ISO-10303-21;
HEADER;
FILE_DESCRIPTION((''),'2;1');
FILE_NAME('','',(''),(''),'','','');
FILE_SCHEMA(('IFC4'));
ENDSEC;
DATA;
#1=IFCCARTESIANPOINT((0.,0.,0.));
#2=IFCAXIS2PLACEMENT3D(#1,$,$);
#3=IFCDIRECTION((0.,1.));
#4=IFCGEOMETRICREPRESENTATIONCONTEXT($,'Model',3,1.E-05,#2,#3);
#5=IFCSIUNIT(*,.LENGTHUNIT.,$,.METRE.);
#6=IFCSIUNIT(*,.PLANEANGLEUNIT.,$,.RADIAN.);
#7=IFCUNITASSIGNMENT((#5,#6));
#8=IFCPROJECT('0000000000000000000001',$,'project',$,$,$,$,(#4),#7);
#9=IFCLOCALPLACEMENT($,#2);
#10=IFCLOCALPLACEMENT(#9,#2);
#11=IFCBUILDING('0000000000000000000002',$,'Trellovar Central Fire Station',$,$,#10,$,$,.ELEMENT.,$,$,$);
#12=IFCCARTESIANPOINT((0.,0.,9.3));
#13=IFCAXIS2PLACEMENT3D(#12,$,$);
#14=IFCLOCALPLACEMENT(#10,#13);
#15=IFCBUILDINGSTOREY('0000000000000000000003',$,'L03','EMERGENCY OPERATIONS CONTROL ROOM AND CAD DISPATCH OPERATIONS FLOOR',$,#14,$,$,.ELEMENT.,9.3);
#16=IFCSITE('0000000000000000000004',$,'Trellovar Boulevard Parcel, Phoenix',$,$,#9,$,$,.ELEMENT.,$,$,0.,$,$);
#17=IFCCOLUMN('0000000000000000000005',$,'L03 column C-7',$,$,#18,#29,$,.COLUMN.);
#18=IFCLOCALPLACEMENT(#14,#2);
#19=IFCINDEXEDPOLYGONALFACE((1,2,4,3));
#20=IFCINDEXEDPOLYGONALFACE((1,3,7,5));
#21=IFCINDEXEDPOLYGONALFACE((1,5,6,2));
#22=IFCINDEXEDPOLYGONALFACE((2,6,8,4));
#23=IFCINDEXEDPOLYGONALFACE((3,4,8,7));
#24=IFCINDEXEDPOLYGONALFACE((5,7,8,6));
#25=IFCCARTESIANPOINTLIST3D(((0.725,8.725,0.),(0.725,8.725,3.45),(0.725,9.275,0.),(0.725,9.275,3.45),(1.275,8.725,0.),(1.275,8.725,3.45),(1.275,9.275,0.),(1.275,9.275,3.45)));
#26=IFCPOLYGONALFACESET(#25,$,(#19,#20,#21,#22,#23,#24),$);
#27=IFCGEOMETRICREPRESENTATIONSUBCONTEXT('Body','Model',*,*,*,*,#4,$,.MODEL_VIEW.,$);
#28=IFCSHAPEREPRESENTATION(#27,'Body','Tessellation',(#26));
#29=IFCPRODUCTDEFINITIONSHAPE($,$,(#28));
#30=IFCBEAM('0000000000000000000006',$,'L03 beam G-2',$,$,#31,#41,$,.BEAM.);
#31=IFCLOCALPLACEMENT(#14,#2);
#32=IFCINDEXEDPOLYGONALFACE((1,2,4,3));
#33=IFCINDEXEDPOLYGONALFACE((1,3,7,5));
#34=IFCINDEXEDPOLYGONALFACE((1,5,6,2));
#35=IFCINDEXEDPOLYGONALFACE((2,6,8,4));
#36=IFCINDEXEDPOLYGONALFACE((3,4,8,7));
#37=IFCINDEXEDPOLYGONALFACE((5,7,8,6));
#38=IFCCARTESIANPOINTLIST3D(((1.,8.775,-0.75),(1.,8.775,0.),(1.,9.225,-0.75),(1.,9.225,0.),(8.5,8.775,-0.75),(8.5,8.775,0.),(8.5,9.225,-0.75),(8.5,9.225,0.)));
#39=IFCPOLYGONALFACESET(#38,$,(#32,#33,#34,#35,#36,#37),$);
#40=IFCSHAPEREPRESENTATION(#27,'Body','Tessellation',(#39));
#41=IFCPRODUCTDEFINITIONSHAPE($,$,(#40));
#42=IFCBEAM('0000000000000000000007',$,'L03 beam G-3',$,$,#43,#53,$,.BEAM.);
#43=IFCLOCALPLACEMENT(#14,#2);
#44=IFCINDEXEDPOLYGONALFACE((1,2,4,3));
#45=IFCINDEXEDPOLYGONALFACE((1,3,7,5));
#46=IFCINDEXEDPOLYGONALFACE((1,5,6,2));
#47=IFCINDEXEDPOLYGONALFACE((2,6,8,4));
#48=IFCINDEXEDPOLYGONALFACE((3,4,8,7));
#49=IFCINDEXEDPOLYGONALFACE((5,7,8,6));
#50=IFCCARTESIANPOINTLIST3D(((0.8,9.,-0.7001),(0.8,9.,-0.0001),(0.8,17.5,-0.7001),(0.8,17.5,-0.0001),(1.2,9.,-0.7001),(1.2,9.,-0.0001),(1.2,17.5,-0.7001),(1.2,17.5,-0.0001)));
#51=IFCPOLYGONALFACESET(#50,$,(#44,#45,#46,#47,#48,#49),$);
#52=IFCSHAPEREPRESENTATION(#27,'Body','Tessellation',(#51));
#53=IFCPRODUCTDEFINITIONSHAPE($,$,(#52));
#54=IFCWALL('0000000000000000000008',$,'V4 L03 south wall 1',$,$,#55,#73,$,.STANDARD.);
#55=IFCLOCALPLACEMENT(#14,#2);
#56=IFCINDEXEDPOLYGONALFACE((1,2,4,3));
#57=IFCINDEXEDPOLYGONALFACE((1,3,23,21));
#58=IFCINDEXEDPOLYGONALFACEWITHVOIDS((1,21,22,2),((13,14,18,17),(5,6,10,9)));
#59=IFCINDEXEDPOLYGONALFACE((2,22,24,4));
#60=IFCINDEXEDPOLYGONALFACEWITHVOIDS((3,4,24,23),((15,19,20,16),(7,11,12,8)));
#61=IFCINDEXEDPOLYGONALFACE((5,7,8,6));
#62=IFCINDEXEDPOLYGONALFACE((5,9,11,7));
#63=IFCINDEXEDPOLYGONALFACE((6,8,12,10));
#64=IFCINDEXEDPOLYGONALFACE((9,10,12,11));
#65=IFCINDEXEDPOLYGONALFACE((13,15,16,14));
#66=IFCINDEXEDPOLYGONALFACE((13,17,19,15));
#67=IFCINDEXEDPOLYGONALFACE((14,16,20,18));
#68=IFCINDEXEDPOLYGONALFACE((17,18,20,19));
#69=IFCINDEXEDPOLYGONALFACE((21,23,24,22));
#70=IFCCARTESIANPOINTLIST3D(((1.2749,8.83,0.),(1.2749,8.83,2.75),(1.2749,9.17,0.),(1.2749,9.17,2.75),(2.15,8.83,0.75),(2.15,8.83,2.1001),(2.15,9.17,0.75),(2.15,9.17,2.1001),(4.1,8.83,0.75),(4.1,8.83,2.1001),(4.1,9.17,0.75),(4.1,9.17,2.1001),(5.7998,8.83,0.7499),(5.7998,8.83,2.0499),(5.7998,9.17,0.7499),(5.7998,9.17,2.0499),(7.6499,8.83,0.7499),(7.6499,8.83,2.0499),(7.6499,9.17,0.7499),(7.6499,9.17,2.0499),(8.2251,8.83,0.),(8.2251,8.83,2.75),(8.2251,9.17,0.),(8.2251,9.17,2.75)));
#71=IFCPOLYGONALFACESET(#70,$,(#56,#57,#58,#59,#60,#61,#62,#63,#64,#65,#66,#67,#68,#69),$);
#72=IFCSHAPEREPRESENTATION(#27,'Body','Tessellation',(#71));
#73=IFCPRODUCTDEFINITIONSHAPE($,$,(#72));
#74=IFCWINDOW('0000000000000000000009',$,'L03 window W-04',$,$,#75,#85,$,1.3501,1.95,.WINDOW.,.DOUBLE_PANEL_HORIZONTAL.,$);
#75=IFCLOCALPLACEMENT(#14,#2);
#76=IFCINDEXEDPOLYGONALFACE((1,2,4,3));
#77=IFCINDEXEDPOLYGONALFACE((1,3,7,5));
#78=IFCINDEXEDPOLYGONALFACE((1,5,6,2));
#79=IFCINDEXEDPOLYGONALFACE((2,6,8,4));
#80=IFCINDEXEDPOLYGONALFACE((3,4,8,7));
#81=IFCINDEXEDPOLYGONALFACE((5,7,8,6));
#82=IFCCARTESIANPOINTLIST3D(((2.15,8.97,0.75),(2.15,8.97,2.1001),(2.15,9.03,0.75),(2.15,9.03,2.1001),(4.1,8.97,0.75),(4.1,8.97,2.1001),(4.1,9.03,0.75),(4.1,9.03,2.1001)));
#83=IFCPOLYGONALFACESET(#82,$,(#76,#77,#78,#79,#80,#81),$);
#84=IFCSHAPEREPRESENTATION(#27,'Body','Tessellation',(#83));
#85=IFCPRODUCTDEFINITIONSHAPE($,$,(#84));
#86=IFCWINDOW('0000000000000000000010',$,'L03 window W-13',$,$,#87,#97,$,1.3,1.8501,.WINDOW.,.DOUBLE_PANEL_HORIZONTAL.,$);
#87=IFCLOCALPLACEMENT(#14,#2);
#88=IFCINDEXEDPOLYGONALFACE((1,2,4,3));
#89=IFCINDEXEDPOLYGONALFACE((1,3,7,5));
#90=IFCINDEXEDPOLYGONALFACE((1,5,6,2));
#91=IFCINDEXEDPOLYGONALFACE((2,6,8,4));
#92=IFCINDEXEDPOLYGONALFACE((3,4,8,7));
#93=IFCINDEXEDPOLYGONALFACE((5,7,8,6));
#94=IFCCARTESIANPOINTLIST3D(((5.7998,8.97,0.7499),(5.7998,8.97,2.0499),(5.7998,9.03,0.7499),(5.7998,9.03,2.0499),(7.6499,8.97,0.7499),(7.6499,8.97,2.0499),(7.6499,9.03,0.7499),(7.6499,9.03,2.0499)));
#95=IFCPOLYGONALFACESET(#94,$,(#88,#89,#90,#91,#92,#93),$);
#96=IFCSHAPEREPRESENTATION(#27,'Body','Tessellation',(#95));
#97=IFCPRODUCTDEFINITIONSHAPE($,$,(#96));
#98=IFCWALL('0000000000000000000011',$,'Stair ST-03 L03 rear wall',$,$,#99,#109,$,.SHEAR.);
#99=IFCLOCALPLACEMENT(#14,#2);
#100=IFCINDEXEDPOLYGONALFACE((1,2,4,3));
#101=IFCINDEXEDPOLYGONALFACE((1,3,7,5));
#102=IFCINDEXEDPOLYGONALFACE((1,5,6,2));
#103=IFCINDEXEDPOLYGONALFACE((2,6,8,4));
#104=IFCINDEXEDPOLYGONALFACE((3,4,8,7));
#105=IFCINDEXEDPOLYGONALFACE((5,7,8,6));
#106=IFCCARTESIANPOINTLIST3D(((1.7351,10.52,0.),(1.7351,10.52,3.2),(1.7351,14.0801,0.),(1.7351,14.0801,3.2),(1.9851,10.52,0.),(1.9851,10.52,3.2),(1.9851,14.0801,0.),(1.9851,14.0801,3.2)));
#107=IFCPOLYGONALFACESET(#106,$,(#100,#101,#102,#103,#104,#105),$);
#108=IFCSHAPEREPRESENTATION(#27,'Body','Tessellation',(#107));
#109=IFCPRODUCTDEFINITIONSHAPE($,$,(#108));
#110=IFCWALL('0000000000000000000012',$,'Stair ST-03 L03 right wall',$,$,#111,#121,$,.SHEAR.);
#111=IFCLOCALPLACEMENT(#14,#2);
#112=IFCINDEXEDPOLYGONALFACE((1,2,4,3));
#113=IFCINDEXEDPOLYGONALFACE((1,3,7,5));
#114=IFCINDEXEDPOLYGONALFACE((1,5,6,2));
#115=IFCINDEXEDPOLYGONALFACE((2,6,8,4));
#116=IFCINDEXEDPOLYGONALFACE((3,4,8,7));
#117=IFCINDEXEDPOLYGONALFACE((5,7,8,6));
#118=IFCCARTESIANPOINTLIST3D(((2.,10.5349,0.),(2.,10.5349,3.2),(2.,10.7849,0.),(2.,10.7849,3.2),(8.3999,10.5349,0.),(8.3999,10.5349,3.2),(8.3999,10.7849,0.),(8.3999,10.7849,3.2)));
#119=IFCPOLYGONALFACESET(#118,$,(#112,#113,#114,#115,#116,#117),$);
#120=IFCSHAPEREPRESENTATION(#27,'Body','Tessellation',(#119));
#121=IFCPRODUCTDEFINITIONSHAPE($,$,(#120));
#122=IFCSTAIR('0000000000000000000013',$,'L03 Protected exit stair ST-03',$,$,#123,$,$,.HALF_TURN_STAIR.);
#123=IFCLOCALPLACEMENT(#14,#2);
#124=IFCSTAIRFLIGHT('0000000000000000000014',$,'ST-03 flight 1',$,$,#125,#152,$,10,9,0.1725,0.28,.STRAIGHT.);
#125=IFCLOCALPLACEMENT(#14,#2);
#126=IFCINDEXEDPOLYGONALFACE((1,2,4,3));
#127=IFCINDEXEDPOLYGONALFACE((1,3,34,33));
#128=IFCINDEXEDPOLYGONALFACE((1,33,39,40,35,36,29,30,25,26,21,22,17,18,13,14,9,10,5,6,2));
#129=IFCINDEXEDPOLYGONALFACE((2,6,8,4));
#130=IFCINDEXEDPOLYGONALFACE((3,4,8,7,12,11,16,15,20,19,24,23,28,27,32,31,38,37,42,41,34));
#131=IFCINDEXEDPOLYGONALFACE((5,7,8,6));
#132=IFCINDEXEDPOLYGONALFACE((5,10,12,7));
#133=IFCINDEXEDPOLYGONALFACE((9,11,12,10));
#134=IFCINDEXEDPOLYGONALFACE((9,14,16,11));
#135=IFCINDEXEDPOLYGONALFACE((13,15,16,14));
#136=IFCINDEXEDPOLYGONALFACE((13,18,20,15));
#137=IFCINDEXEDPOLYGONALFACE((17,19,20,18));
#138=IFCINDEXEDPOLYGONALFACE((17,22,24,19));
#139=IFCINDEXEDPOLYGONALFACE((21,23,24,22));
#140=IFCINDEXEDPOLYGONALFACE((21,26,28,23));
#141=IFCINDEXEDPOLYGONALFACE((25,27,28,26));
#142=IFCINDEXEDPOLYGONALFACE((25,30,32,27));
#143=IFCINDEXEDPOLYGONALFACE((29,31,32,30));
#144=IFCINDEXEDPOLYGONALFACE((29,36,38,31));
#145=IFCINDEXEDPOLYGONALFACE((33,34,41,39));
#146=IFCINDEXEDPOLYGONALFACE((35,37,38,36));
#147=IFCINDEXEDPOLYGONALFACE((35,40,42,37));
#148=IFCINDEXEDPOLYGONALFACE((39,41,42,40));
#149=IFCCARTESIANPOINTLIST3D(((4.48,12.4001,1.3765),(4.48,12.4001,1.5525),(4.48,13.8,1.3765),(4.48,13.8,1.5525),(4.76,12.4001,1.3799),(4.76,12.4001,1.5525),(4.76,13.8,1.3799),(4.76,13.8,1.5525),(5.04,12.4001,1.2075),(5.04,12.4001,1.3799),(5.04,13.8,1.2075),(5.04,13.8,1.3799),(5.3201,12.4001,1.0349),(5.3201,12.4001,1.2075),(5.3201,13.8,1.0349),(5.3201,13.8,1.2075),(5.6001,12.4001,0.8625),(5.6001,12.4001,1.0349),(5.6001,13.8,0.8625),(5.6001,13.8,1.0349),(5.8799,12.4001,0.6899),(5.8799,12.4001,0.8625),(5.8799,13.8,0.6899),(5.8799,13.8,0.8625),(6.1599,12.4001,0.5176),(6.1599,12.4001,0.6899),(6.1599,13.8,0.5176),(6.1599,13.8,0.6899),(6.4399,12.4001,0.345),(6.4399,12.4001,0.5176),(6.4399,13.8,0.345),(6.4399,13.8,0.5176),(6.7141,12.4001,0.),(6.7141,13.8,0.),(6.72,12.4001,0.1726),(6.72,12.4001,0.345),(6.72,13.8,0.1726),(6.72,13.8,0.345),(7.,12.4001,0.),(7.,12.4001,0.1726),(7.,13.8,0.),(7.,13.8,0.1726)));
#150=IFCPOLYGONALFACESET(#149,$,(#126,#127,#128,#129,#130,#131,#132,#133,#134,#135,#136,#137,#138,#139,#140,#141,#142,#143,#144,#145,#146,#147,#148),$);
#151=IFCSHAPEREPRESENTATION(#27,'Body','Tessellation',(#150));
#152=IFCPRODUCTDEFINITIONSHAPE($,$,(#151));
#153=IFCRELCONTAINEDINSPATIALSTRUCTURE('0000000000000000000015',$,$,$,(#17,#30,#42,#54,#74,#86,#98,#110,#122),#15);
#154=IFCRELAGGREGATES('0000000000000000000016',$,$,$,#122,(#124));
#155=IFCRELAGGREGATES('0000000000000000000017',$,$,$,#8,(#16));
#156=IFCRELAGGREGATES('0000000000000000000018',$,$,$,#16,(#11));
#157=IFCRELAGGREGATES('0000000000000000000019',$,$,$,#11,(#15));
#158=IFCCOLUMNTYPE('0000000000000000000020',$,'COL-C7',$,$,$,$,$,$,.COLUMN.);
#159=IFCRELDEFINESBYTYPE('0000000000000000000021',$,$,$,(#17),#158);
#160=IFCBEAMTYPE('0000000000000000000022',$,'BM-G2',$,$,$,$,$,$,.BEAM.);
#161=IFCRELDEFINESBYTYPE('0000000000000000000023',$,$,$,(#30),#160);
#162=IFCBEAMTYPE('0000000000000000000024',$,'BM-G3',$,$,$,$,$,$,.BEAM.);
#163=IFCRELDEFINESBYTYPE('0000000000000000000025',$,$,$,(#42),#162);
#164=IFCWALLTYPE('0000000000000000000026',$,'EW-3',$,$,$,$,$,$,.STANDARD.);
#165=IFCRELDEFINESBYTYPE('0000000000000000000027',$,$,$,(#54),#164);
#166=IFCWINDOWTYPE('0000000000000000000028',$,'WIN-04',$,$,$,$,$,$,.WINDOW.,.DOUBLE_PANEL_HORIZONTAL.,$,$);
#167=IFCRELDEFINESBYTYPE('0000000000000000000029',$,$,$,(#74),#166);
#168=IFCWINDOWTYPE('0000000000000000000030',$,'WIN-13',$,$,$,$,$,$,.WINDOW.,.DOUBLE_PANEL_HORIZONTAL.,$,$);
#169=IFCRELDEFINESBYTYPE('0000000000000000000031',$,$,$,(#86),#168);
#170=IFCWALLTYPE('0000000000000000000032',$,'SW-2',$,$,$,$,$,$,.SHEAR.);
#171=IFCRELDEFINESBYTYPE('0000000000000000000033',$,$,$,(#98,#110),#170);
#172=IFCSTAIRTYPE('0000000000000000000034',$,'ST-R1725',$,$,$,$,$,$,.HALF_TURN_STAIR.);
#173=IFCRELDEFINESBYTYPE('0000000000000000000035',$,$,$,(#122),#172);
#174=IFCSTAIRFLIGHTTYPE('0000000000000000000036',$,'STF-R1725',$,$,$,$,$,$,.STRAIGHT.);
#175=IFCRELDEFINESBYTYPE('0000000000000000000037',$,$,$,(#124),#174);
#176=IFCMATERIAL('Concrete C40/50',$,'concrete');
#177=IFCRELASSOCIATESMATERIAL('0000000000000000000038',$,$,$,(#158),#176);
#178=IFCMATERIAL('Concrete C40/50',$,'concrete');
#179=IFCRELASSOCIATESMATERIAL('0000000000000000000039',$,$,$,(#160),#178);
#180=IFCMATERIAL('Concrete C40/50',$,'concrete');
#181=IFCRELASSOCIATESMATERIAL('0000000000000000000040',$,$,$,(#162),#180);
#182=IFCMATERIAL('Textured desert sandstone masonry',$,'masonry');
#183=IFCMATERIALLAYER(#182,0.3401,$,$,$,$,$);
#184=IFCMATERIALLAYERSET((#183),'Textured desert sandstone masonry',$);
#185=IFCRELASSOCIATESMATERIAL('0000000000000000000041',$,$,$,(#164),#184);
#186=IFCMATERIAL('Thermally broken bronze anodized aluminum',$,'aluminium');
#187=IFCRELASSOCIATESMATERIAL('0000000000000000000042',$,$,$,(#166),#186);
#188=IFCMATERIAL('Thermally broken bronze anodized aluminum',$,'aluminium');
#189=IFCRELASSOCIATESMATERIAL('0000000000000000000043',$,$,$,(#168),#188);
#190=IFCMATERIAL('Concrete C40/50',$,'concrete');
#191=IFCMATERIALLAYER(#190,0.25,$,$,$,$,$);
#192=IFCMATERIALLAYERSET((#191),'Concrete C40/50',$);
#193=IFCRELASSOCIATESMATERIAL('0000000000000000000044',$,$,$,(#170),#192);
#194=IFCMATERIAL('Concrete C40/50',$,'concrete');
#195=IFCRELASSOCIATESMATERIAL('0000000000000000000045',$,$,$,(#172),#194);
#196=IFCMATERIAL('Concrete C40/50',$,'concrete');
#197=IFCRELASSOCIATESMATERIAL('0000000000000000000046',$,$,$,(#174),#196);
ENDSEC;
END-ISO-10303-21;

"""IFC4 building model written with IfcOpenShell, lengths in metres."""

from ifc_helpers import new_model, si_unit, direction, frame, frame_2d, origin, origin_2d, place, context, subcontext, project, spatial, polyline, rectangle, outline, extrude, material, layer, layer_set, material_profile, profile_set, type_object, element, fill, aggregate, save


model = new_model("IFC4")

# Units and contexts
model_context = context("Model", 3, precision=1e-05, world=origin(), true_north=direction((0.0, 1.0)))
body_context = subcontext(model_context, "Body", "Model", "MODEL_VIEW")
ifc_project = project(units=[si_unit("LENGTHUNIT", "METRE"), si_unit("PLANEANGLEUNIT", "RADIAN")], contexts=[model_context])

# Site, building, storey
site_placement = place(None, origin())
site = spatial("IfcSite", under=ifc_project, at=site_placement, Name="Trellovar Boulevard Parcel, Phoenix", CompositionType="ELEMENT", RefElevation=0.0)
building_placement = place(site_placement, origin())
building = spatial("IfcBuilding", under=site, at=building_placement, Name="Trellovar Central Fire Station", CompositionType="ELEMENT")
storey_placement = place(building_placement, frame((0.0, 0.0, 9.3)))
storey = spatial("IfcBuildingStorey", under=building, at=storey_placement, Name="L03", Description="EMERGENCY OPERATIONS CONTROL ROOM AND CAD DISPATCH OPERATIONS FLOOR", CompositionType="ELEMENT", Elevation=9.3)

# Column
ifc_material_1 = material(Name="Concrete C40/50", Category="concrete")
ifc_material_profile_1 = material_profile(ifc_material_1, rectangle(XDim=0.55, YDim=0.55, at=origin_2d()), Name="RC550X550")
ifc_profile_set_1 = profile_set([ifc_material_profile_1], Name="Concrete C40/50")
column_type = type_object("IfcColumnType", Name="COL-C7", PredefinedType="COLUMN", material=ifc_profile_set_1)
column_placement = place(storey_placement, frame((1.0, 9.0, 0.0), z_axis=(0.0, 0.0, 1.0), x_axis=(1.0, 0.0, 0.0)))
element("IfcColumn", 1, at=column_placement, inside=storey, type_object=column_type, Name="L03 column C-7", PredefinedType="COLUMN", context=body_context, shape_type="SweptSolid", body=[
    extrude(rectangle(XDim=0.55, YDim=0.55, at=origin_2d()), origin(), (0.0, 0.0, 1.0), 3.45),
])

# Beams
ifc_material_2 = material(Name="Concrete C40/50", Category="concrete")
ifc_material_profile_2 = material_profile(ifc_material_2, rectangle(XDim=0.45, YDim=0.75, at=origin_2d()), Name="RC450X750")
ifc_profile_set_2 = profile_set([ifc_material_profile_2], Name="Concrete C40/50")
beam_type_1 = type_object("IfcBeamType", Name="BM-G2", PredefinedType="BEAM", material=ifc_profile_set_2)
beam_1_placement = place(storey_placement, frame((1.0, 9.0, -0.375), z_axis=(1.0, 0.0, 0.0), x_axis=(0.0, 1.0, 0.0)))
element("IfcBeam", 2, at=beam_1_placement, inside=storey, type_object=beam_type_1, Name="L03 beam G-2", PredefinedType="BEAM", context=body_context, shape_type="SweptSolid", body=[
    extrude(rectangle(XDim=0.45, YDim=0.75, at=origin_2d()), origin(), (0.0, 0.0, 1.0), 7.5),
])
ifc_material_3 = material(Name="Concrete C40/50", Category="concrete")
ifc_material_profile_3 = material_profile(ifc_material_3, rectangle(XDim=0.3999, YDim=0.7, at=origin_2d()), Name="RC400X700")
ifc_profile_set_3 = profile_set([ifc_material_profile_3], Name="Concrete C40/50")
beam_type_2 = type_object("IfcBeamType", Name="BM-G3", PredefinedType="BEAM", material=ifc_profile_set_3)
beam_2_placement = place(storey_placement, frame((1.0, 9.0, -0.3501), z_axis=(0.0, 1.0, 0.0), x_axis=(-1.0, 0.0, 0.0)))
element("IfcBeam", 3, at=beam_2_placement, inside=storey, type_object=beam_type_2, Name="L03 beam G-3", PredefinedType="BEAM", context=body_context, shape_type="SweptSolid", body=[
    extrude(rectangle(XDim=0.3999, YDim=0.7, at=origin_2d()), origin(), (0.0, 0.0, 1.0), 8.5),
])

# Wall, openings, windows
ifc_material_4 = material(Name="Textured desert sandstone masonry", Category="masonry")
ifc_layer_1 = layer(ifc_material_4, 0.3401)
ifc_layer_set_1 = layer_set([ifc_layer_1], Name="Textured desert sandstone masonry")
wall_type_1 = type_object("IfcWallType", Name="EW-3", PredefinedType="STANDARD", material=ifc_layer_set_1)
wall_1_placement = place(storey_placement, frame((1.2749, 9.0, 0.0), z_axis=(0.0, 0.0, 1.0), x_axis=(1.0, 0.0, 0.0)))
wall_1 = element("IfcWall", 4, at=wall_1_placement, inside=storey, type_object=wall_type_1, Name="V4 L03 south wall 1", PredefinedType="STANDARD", context=body_context, shape_type="SweptSolid", body=[
    extrude(rectangle(XDim=6.9502, YDim=0.3401, at=frame_2d((3.4751, 0.0))), origin(), (0.0, 0.0, 1.0), 2.75),
])
opening_1_placement = place(wall_1_placement, frame((0.875, 0.0, 0.75)))
opening_1 = element("IfcOpeningElement", 5, at=opening_1_placement, cuts=wall_1, PredefinedType="OPENING", context=body_context, shape_type="SweptSolid", body=[
    extrude(rectangle(XDim=1.95, YDim=1.3501, at=frame_2d((0.9751, 0.675))), frame((0.0, 0.1799, 0.0), z_axis=(0.0, -1.0, 0.0), x_axis=(1.0, 0.0, 0.0)), (0.0, 0.0, 1.0), 0.3601),
])
opening_2_placement = place(wall_1_placement, frame((4.5249, 0.0, 0.75)))
opening_2 = element("IfcOpeningElement", 6, at=opening_2_placement, cuts=wall_1, PredefinedType="OPENING", context=body_context, shape_type="SweptSolid", body=[
    extrude(rectangle(XDim=1.8501, YDim=1.3, at=frame_2d((0.925, 0.6499))), frame((0.0, 0.1799, 0.0), z_axis=(0.0, -1.0, 0.0), x_axis=(1.0, 0.0, 0.0)), (0.0, 0.0, 1.0), 0.3601),
])
ifc_material_5 = material(Name="Thermally broken bronze anodized aluminum", Category="aluminium")
window_type_1 = type_object("IfcWindowType", Name="WIN-04", PartitioningType="DOUBLE_PANEL_HORIZONTAL", PredefinedType="WINDOW", material=ifc_material_5)
window_1_placement = place(opening_1_placement, origin())
window_1 = element("IfcWindow", 7, at=window_1_placement, inside=storey, type_object=window_type_1, Name="L03 window W-04", OverallHeight=1.3501, OverallWidth=1.95, PartitioningType="DOUBLE_PANEL_HORIZONTAL", PredefinedType="WINDOW", context=body_context, shape_type="SweptSolid", body=[
    extrude(rectangle(XDim=1.95, YDim=1.3501, at=frame_2d((0.9751, 0.675))), frame((0.0, 0.03, 0.0), z_axis=(0.0, -1.0, 0.0), x_axis=(1.0, 0.0, 0.0)), (0.0, 0.0, 1.0), 0.0601),
])
fill(opening_1, window_1)
ifc_material_6 = material(Name="Thermally broken bronze anodized aluminum", Category="aluminium")
window_type_2 = type_object("IfcWindowType", Name="WIN-13", PartitioningType="DOUBLE_PANEL_HORIZONTAL", PredefinedType="WINDOW", material=ifc_material_6)
window_2_placement = place(opening_2_placement, origin())
window_2 = element("IfcWindow", 8, at=window_2_placement, inside=storey, type_object=window_type_2, Name="L03 window W-13", OverallHeight=1.3, OverallWidth=1.8501, PartitioningType="DOUBLE_PANEL_HORIZONTAL", PredefinedType="WINDOW", context=body_context, shape_type="SweptSolid", body=[
    extrude(rectangle(XDim=1.8501, YDim=1.3, at=frame_2d((0.925, 0.6499))), frame((0.0, 0.03, 0.0), z_axis=(0.0, -1.0, 0.0), x_axis=(1.0, 0.0, 0.0)), (0.0, 0.0, 1.0), 0.0601),
])
fill(opening_2, window_2)

# Walls
ifc_material_7 = material(Name="Concrete C40/50", Category="concrete")
ifc_layer_2 = layer(ifc_material_7, 0.25)
ifc_layer_set_2 = layer_set([ifc_layer_2], Name="Concrete C40/50")
wall_type_2 = type_object("IfcWallType", Name="SW-2", PredefinedType="SHEAR", material=ifc_layer_set_2)
wall_2_placement = place(storey_placement, frame((1.8601, 10.52, 0.0), z_axis=(0.0, 0.0, 1.0), x_axis=(0.0, 1.0, 0.0)))
element("IfcWall", 9, at=wall_2_placement, inside=storey, type_object=wall_type_2, Name="Stair ST-03 L03 rear wall", PredefinedType="SHEAR", context=body_context, shape_type="SweptSolid", body=[
    extrude(rectangle(XDim=3.5601, YDim=0.25, at=frame_2d((1.78, 0.0))), origin(), (0.0, 0.0, 1.0), 3.2),
])
wall_3_placement = place(storey_placement, frame((2.0, 10.6599, 0.0), z_axis=(0.0, 0.0, 1.0), x_axis=(1.0, 0.0, 0.0)))
element("IfcWall", 10, at=wall_3_placement, inside=storey, type_object=wall_type_2, Name="Stair ST-03 L03 right wall", PredefinedType="SHEAR", context=body_context, shape_type="SweptSolid", body=[
    extrude(rectangle(XDim=6.3999, YDim=0.25, at=frame_2d((3.2, 0.0))), origin(), (0.0, 0.0, 1.0), 3.2),
])

# Stair, stair flight
ifc_material_8 = material(Name="Concrete C40/50", Category="concrete")
stair_type = type_object("IfcStairType", Name="ST-R1725", PredefinedType="HALF_TURN_STAIR", material=ifc_material_8)
stair_placement = place(storey_placement, origin())
stair = element("IfcStair", 11, at=stair_placement, inside=storey, type_object=stair_type, Name="L03 Protected exit stair ST-03", PredefinedType="HALF_TURN_STAIR")
ifc_material_9 = material(Name="Concrete C40/50", Category="concrete")
stair_flight_type = type_object("IfcStairFlightType", Name="STF-R1725", PredefinedType="STRAIGHT", material=ifc_material_9)
stair_flight_1_placement = place(storey_placement, frame((7.0, 13.1001, 0.0), z_axis=(0.0, 0.0, 1.0), x_axis=(-1.0, 0.0, 0.0)))
stair_flight_1 = element("IfcStairFlight", 12, at=stair_flight_1_placement, type_object=stair_flight_type, Name="ST-03 flight 1", NumberOfRisers=10, NumberOfTreads=9, PredefinedType="STRAIGHT", RiserHeight=0.1725, TreadLength=0.28, context=body_context, shape_type="SweptSolid", body=[
    extrude(outline(polyline([(0.0, 0.0), (0.0, 0.1726), (0.28, 0.1726), (0.28, 0.345), (0.5601, 0.345), (0.5601, 0.5176), (0.8401, 0.5176), (0.8401, 0.6899), (1.1201, 0.6899), (1.1201, 0.8625), (1.3999, 0.8625), (1.3999, 1.0349), (1.6799, 1.0349), (1.6799, 1.2075), (1.96, 1.2075), (1.96, 1.3799), (2.24, 1.3799), (2.24, 1.5525), (2.52, 1.5525), (2.52, 1.7251), (2.52, 1.3765), (0.2859, 0.0), (0.0, 0.0)])), frame((0.0, 0.7, 0.0), z_axis=(0.0, -1.0, 0.0), x_axis=(1.0, 0.0, 0.0)), (0.0, 0.0, 1.0), 1.3999),
])
aggregate(stair, [stair_flight_1])

save(model, "model.ifc")
